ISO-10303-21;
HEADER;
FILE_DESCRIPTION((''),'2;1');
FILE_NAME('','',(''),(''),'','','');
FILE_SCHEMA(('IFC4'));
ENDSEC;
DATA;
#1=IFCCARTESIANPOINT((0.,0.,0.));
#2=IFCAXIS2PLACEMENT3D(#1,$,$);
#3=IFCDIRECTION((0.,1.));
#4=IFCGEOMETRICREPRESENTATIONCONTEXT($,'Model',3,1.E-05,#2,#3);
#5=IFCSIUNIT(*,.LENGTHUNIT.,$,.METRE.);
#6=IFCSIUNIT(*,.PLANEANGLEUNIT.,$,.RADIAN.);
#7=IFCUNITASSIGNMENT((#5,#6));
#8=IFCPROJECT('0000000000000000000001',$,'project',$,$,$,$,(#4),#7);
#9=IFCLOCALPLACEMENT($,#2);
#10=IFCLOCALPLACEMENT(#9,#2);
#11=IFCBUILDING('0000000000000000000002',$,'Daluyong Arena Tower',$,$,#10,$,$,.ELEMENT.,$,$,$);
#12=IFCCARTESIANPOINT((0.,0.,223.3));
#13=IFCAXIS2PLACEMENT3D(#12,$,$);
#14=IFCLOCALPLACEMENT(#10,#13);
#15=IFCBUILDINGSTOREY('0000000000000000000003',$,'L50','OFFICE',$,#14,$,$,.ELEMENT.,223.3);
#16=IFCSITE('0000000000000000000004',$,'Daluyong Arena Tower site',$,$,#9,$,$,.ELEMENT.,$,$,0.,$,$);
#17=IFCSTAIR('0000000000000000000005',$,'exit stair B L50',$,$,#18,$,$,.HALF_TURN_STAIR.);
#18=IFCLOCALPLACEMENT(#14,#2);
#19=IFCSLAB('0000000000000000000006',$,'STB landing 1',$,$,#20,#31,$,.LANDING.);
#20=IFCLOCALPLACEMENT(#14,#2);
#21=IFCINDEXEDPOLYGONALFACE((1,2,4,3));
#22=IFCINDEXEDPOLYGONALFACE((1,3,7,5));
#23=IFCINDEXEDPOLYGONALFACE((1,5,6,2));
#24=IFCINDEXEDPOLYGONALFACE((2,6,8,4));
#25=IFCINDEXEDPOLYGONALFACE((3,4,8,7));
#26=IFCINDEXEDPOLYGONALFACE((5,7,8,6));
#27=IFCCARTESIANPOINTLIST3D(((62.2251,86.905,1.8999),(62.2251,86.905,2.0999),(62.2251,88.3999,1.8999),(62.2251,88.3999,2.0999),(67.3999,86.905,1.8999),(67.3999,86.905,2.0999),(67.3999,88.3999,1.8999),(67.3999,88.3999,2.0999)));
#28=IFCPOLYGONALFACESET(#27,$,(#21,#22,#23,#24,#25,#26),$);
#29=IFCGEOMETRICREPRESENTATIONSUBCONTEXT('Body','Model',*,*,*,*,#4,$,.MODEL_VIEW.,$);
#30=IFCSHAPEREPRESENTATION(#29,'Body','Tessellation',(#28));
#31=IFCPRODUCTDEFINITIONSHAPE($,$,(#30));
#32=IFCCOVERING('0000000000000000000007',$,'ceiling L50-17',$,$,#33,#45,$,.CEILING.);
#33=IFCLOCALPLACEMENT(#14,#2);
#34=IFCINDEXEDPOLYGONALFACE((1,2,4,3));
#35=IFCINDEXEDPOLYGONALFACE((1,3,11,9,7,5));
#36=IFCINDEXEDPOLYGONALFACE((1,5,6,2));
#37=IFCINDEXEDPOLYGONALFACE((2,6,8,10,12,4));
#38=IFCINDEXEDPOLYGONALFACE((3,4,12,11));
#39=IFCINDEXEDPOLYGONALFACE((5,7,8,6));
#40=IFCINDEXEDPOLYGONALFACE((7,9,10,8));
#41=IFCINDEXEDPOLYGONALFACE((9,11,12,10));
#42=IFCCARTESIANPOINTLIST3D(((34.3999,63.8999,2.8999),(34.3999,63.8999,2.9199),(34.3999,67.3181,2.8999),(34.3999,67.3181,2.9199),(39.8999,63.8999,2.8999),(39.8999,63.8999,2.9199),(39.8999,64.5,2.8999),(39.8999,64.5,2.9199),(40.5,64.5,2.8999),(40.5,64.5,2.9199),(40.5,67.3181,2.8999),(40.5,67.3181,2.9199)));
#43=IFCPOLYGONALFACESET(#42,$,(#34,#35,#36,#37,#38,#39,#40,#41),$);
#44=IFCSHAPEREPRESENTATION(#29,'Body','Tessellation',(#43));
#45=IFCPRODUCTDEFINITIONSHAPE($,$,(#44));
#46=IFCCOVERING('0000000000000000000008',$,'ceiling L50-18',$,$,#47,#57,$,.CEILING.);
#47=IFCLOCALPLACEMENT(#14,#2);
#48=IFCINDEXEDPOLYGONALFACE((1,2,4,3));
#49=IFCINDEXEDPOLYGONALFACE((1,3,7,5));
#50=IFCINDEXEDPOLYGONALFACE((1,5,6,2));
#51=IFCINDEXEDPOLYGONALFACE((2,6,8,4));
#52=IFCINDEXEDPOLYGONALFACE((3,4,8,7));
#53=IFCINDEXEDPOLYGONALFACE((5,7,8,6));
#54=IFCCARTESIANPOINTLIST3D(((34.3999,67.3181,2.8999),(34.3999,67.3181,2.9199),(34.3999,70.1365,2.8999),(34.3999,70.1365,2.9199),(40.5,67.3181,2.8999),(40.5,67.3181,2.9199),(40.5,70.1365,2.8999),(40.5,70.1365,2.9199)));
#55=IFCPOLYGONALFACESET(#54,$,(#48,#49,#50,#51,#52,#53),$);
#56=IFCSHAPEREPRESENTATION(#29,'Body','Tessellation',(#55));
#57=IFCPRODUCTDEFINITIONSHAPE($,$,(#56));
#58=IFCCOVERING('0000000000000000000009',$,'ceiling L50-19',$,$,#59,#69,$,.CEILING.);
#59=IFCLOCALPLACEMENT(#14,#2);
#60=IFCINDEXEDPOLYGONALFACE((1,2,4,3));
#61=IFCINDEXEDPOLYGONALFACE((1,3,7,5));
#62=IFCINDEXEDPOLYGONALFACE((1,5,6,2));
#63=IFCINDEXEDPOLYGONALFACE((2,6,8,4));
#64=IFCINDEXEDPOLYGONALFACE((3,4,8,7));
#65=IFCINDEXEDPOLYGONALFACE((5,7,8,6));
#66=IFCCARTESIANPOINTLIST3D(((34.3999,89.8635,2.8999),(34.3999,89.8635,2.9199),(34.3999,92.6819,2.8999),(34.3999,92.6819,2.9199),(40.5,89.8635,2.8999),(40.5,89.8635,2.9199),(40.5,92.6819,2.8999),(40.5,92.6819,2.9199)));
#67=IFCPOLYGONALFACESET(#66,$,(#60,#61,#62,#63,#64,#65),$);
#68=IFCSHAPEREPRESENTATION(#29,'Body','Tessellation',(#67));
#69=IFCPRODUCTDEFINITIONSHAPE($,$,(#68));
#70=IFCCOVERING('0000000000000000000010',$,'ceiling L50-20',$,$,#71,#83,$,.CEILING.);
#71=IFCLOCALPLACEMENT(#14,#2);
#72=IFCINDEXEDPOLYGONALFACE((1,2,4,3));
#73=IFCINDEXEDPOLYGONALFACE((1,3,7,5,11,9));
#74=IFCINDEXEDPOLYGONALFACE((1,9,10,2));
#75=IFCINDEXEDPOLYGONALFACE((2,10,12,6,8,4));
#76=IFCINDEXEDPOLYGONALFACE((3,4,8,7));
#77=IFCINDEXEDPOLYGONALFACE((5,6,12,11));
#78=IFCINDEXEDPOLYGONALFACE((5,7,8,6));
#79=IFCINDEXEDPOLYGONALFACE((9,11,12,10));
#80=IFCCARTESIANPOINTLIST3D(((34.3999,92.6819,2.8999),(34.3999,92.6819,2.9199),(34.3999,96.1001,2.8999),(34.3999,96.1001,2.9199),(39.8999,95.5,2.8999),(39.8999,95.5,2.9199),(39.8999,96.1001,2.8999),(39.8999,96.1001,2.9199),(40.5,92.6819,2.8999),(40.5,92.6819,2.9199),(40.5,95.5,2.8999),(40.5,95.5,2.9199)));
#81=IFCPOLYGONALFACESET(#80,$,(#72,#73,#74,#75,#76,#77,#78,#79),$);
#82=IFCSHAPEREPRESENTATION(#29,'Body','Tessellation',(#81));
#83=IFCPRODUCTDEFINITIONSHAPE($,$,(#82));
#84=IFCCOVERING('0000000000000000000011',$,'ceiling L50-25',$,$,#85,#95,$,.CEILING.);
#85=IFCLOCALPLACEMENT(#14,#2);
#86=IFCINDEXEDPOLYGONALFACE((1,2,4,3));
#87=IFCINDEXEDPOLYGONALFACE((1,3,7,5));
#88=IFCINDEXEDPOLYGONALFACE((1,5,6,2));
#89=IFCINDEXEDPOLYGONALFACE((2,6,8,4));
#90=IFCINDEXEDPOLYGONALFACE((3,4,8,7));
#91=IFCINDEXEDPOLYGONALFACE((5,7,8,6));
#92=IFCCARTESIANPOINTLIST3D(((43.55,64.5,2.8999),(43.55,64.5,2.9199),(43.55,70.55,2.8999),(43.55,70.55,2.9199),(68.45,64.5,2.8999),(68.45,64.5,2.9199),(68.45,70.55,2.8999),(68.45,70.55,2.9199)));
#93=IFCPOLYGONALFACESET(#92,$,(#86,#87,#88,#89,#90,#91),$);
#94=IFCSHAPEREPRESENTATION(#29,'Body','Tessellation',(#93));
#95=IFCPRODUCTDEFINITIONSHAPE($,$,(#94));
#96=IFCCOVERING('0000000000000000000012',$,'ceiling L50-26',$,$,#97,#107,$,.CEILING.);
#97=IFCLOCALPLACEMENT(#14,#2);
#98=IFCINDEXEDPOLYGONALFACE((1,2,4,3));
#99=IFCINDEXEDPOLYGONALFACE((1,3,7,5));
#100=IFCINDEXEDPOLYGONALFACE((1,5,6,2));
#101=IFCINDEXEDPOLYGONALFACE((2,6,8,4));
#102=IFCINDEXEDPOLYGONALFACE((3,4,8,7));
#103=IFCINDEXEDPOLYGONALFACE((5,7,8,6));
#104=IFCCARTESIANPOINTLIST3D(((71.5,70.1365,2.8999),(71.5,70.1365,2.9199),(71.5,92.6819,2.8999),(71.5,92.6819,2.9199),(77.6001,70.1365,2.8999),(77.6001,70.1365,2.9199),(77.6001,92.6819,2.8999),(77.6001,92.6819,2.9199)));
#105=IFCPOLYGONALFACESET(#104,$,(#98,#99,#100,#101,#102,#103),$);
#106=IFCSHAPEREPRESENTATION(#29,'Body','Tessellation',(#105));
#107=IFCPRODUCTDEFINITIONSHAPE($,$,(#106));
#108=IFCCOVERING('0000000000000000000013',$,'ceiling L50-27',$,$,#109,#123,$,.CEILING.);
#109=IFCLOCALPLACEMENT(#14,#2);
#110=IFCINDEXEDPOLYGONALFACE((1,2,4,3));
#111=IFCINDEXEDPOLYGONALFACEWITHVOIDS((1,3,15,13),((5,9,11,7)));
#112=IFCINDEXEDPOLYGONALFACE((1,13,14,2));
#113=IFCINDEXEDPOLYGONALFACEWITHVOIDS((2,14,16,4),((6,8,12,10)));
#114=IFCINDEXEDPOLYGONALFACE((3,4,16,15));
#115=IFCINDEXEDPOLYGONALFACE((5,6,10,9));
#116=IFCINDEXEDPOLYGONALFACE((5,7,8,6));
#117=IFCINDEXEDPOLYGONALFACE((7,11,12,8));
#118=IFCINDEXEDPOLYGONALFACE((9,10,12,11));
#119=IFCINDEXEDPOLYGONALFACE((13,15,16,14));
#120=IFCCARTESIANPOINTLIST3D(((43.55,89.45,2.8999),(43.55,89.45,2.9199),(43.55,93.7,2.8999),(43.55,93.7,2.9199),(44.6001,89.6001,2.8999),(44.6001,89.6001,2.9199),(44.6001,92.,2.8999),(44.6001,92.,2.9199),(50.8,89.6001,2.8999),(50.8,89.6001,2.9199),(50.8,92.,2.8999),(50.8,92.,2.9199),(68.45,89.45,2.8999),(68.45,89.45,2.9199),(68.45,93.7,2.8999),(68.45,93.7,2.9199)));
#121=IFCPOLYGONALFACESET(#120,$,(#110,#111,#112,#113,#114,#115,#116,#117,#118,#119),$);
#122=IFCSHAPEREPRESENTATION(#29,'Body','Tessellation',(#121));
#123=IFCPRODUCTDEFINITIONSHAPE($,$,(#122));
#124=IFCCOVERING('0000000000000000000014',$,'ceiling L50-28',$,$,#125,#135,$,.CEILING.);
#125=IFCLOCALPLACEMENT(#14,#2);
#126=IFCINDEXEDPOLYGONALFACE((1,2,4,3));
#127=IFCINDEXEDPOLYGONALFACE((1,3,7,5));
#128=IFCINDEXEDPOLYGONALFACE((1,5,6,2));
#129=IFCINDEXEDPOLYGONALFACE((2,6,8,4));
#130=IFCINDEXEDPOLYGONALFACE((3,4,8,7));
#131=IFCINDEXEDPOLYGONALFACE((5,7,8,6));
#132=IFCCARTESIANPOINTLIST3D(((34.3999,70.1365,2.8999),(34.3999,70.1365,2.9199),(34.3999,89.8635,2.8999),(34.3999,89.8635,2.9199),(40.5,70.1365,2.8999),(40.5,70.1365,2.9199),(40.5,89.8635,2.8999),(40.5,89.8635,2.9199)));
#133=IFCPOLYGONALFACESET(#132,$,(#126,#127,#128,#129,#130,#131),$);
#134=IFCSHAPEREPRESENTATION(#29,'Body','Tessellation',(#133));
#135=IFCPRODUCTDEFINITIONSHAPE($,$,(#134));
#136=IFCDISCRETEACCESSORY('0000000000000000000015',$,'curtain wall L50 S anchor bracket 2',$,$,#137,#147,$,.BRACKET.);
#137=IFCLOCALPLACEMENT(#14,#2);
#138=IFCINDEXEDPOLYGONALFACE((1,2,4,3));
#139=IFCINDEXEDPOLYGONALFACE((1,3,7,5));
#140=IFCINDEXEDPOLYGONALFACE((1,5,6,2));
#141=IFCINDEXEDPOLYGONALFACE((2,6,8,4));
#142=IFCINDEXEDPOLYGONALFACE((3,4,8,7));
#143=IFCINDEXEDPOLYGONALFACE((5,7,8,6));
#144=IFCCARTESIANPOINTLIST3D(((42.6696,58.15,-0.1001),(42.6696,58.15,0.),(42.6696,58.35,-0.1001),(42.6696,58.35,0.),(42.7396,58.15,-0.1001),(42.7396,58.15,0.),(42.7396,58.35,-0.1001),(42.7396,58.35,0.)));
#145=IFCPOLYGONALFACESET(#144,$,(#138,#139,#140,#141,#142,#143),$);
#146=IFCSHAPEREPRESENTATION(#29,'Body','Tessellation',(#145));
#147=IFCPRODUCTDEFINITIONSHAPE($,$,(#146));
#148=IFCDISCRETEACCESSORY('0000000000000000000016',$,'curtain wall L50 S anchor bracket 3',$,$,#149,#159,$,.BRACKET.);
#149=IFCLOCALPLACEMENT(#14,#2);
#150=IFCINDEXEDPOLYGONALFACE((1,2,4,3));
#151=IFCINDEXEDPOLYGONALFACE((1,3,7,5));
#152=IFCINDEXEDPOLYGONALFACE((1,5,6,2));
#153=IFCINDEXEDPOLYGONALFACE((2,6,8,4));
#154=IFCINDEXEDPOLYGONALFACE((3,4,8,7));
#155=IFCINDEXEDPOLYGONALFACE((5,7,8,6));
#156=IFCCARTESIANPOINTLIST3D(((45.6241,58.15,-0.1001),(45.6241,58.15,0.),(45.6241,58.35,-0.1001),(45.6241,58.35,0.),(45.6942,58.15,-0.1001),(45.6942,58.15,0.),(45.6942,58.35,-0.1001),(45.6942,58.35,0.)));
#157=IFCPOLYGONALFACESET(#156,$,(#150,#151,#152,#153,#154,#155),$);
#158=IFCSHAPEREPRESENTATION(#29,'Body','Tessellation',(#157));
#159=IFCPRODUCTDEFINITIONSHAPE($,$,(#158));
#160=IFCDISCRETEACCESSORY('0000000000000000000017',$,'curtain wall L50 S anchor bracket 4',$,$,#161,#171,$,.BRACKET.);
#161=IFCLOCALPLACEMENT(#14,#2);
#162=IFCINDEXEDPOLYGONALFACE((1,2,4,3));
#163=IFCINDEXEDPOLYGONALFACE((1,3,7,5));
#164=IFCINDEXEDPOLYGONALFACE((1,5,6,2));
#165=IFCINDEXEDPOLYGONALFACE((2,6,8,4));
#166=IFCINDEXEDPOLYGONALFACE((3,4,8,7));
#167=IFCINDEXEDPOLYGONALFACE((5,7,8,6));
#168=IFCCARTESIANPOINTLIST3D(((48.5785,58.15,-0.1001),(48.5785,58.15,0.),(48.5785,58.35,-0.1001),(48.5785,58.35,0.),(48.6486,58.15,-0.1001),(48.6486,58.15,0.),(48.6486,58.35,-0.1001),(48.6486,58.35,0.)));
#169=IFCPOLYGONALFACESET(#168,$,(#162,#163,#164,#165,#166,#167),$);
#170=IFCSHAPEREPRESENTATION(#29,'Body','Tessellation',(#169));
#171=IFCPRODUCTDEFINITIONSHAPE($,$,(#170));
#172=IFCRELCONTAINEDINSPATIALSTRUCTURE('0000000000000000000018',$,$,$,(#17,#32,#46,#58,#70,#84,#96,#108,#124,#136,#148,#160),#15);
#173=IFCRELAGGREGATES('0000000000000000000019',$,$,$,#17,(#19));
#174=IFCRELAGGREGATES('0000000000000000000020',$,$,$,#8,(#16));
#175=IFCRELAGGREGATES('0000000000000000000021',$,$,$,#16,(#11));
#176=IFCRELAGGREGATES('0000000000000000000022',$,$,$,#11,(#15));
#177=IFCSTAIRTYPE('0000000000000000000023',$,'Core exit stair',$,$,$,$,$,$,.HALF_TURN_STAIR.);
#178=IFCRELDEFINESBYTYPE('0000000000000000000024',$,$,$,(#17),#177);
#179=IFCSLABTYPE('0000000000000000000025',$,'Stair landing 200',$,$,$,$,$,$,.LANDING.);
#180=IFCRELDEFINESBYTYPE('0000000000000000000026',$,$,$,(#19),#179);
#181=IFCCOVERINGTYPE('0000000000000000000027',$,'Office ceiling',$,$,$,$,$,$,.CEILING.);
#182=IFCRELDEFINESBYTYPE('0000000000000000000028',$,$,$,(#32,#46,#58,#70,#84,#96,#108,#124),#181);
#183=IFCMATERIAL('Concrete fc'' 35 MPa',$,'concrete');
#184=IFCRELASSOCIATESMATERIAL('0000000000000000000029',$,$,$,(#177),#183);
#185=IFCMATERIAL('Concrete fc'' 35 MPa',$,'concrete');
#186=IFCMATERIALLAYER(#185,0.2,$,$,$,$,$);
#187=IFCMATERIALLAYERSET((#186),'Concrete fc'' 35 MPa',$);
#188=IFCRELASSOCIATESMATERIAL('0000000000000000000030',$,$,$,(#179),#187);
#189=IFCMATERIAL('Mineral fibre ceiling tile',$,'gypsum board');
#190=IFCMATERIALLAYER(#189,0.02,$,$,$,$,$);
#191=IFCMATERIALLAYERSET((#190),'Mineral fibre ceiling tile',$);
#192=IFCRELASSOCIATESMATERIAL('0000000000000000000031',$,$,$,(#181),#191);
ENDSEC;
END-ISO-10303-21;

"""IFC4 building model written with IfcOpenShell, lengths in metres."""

from ifc_helpers import new_model, si_unit, direction, frame, origin, origin_2d, place, context, subcontext, project, spatial, polyline, rectangle, outline, extrude, material, layer, layer_set, type_object, element, aggregate, save


model = new_model("IFC4")

# Units and contexts
model_context = context("Model", 3, precision=1e-05, world=origin(), true_north=direction((0.0, 1.0)))
body_context = subcontext(model_context, "Body", "Model", "MODEL_VIEW")
ifc_project = project(units=[si_unit("LENGTHUNIT", "METRE"), si_unit("PLANEANGLEUNIT", "RADIAN")], contexts=[model_context])

# Site, building, storey
site_placement = place(None, origin())
site = spatial("IfcSite", under=ifc_project, at=site_placement, Name="Daluyong Arena Tower site", CompositionType="ELEMENT", RefElevation=0.0)
building_placement = place(site_placement, origin())
building = spatial("IfcBuilding", under=site, at=building_placement, Name="Daluyong Arena Tower", CompositionType="ELEMENT")
storey_placement = place(building_placement, frame((0.0, 0.0, 223.3)))
storey = spatial("IfcBuildingStorey", under=building, at=storey_placement, Name="L50", Description="OFFICE", CompositionType="ELEMENT", Elevation=223.3)

# Stair, slab
ifc_material_1 = material(Name="Concrete fc' 35 MPa", Category="concrete")
stair_type = type_object("IfcStairType", Name="Core exit stair", PredefinedType="HALF_TURN_STAIR", material=ifc_material_1)
ifc_material_2 = material(Name="Concrete fc' 35 MPa", Category="concrete")
ifc_layer_1 = layer(ifc_material_2, 0.2)
ifc_layer_set_1 = layer_set([ifc_layer_1], Name="Concrete fc' 35 MPa")
slab_type = type_object("IfcSlabType", Name="Stair landing 200", PredefinedType="LANDING", material=ifc_layer_set_1)
stair_1_placement = place(storey_placement, origin())
stair_1 = element("IfcStair", 1, at=stair_1_placement, inside=storey, type_object=stair_type, Name="exit stair B L50", PredefinedType="HALF_TURN_STAIR")
slab_1_placement = place(storey_placement, frame((0.0, 0.0, 1.8999)))
slab_1 = element("IfcSlab", 2, at=slab_1_placement, type_object=slab_type, Name="STB landing 1", PredefinedType="LANDING", context=body_context, shape_type="SweptSolid", body=[
    extrude(outline(polyline([(62.2251, 86.905), (67.3999, 86.905), (67.3999, 88.3999), (62.2251, 88.3999), (62.2251, 86.905)])), origin(), (0.0, 0.0, 1.0), 0.2),
])
aggregate(stair_1, [slab_1])

# Coverings
ifc_material_3 = material(Name="Mineral fibre ceiling tile", Category="gypsum board")
ifc_layer_2 = layer(ifc_material_3, 0.02)
ifc_layer_set_2 = layer_set([ifc_layer_2], Name="Mineral fibre ceiling tile")
covering_type = type_object("IfcCoveringType", Name="Office ceiling", PredefinedType="CEILING", material=ifc_layer_set_2)
covering_1_placement = place(storey_placement, frame((0.0, 0.0, 2.8999)))
element("IfcCovering", 3, at=covering_1_placement, inside=storey, type_object=covering_type, Name="ceiling L50-17", PredefinedType="CEILING", context=body_context, shape_type="SweptSolid", body=[
    extrude(outline(polyline([(34.3999, 63.8999), (39.8999, 63.8999), (39.8999, 64.5), (40.5, 64.5), (40.5, 67.3181), (34.3999, 67.3181), (34.3999, 63.8999)])), origin(), (0.0, 0.0, 1.0), 0.02),
])
covering_2_placement = place(storey_placement, frame((0.0, 0.0, 2.8999)))
element("IfcCovering", 4, at=covering_2_placement, inside=storey, type_object=covering_type, Name="ceiling L50-18", PredefinedType="CEILING", context=body_context, shape_type="SweptSolid", body=[
    extrude(outline(polyline([(40.5, 70.1365), (34.3999, 70.1365), (34.3999, 67.3181), (40.5, 67.3181), (40.5, 70.1365)])), origin(), (0.0, 0.0, 1.0), 0.02),
])
covering_3_placement = place(storey_placement, frame((0.0, 0.0, 2.8999)))
element("IfcCovering", 5, at=covering_3_placement, inside=storey, type_object=covering_type, Name="ceiling L50-19", PredefinedType="CEILING", context=body_context, shape_type="SweptSolid", body=[
    extrude(outline(polyline([(40.5, 92.6819), (34.3999, 92.6819), (34.3999, 89.8635), (40.5, 89.8635), (40.5, 92.6819)])), origin(), (0.0, 0.0, 1.0), 0.02),
])
covering_4_placement = place(storey_placement, frame((0.0, 0.0, 2.8999)))
element("IfcCovering", 6, at=covering_4_placement, inside=storey, type_object=covering_type, Name="ceiling L50-20", PredefinedType="CEILING", context=body_context, shape_type="SweptSolid", body=[
    extrude(outline(polyline([(40.5, 92.6819), (40.5, 95.5), (39.8999, 95.5), (39.8999, 96.1001), (34.3999, 96.1001), (34.3999, 92.6819), (40.5, 92.6819)])), origin(), (0.0, 0.0, 1.0), 0.02),
])
covering_5_placement = place(storey_placement, frame((0.0, 0.0, 2.8999)))
element("IfcCovering", 7, at=covering_5_placement, inside=storey, type_object=covering_type, Name="ceiling L50-25", PredefinedType="CEILING", context=body_context, shape_type="SweptSolid", body=[
    extrude(outline(polyline([(68.45, 64.5), (68.45, 70.55), (43.55, 70.55), (43.55, 64.5), (68.45, 64.5)])), origin(), (0.0, 0.0, 1.0), 0.02),
])
covering_6_placement = place(storey_placement, frame((0.0, 0.0, 2.8999)))
element("IfcCovering", 8, at=covering_6_placement, inside=storey, type_object=covering_type, Name="ceiling L50-26", PredefinedType="CEILING", context=body_context, shape_type="SweptSolid", body=[
    extrude(outline(polyline([(71.5, 70.1365), (77.6001, 70.1365), (77.6001, 92.6819), (71.5, 92.6819), (71.5, 70.1365)])), origin(), (0.0, 0.0, 1.0), 0.02),
])
covering_7_placement = place(storey_placement, frame((0.0, 0.0, 2.8999)))
element("IfcCovering", 9, at=covering_7_placement, inside=storey, type_object=covering_type, Name="ceiling L50-27", PredefinedType="CEILING", context=body_context, shape_type="SweptSolid", body=[
    extrude(outline(polyline([(43.55, 89.45), (68.45, 89.45), (68.45, 93.7), (43.55, 93.7), (43.55, 89.45)]), holes=[polyline([(50.8, 89.6001), (44.6001, 89.6001), (44.6001, 92.0), (50.8, 92.0), (50.8, 89.6001)])]), origin(), (0.0, 0.0, 1.0), 0.02),
])
covering_8_placement = place(storey_placement, frame((0.0, 0.0, 2.8999)))
element("IfcCovering", 10, at=covering_8_placement, inside=storey, type_object=covering_type, Name="ceiling L50-28", PredefinedType="CEILING", context=body_context, shape_type="SweptSolid", body=[
    extrude(outline(polyline([(34.3999, 89.8635), (34.3999, 70.1365), (40.5, 70.1365), (40.5, 89.8635), (34.3999, 89.8635)])), origin(), (0.0, 0.0, 1.0), 0.02),
])

# Discrete accessories
for number, where, z_axis, x_axis, name in (
    (11, (42.7046, 58.25, -0.1001), (0.0, 0.0, 1.0), (1.0, 0.0, 0.0), "curtain wall L50 S anchor bracket 2"),
    (12, (45.6592, 58.25, -0.1001), (0.0, 0.0, 1.0), (1.0, 0.0, 0.0), "curtain wall L50 S anchor bracket 3"),
    (13, (48.6135, 58.25, -0.1001), (0.0, 0.0, 1.0), (1.0, 0.0, 0.0), "curtain wall L50 S anchor bracket 4"),
):
    element("IfcDiscreteAccessory", number, at=place(storey_placement, frame(where, z_axis=z_axis, x_axis=x_axis)), inside=storey, Name=name, PredefinedType="BRACKET", context=body_context, shape_type="SweptSolid", body=[
        extrude(rectangle(XDim=0.0701, YDim=0.2, at=origin_2d()), origin(), (0.0, 0.0, 1.0), 0.1001),
    ])

save(model, "model.ifc")
